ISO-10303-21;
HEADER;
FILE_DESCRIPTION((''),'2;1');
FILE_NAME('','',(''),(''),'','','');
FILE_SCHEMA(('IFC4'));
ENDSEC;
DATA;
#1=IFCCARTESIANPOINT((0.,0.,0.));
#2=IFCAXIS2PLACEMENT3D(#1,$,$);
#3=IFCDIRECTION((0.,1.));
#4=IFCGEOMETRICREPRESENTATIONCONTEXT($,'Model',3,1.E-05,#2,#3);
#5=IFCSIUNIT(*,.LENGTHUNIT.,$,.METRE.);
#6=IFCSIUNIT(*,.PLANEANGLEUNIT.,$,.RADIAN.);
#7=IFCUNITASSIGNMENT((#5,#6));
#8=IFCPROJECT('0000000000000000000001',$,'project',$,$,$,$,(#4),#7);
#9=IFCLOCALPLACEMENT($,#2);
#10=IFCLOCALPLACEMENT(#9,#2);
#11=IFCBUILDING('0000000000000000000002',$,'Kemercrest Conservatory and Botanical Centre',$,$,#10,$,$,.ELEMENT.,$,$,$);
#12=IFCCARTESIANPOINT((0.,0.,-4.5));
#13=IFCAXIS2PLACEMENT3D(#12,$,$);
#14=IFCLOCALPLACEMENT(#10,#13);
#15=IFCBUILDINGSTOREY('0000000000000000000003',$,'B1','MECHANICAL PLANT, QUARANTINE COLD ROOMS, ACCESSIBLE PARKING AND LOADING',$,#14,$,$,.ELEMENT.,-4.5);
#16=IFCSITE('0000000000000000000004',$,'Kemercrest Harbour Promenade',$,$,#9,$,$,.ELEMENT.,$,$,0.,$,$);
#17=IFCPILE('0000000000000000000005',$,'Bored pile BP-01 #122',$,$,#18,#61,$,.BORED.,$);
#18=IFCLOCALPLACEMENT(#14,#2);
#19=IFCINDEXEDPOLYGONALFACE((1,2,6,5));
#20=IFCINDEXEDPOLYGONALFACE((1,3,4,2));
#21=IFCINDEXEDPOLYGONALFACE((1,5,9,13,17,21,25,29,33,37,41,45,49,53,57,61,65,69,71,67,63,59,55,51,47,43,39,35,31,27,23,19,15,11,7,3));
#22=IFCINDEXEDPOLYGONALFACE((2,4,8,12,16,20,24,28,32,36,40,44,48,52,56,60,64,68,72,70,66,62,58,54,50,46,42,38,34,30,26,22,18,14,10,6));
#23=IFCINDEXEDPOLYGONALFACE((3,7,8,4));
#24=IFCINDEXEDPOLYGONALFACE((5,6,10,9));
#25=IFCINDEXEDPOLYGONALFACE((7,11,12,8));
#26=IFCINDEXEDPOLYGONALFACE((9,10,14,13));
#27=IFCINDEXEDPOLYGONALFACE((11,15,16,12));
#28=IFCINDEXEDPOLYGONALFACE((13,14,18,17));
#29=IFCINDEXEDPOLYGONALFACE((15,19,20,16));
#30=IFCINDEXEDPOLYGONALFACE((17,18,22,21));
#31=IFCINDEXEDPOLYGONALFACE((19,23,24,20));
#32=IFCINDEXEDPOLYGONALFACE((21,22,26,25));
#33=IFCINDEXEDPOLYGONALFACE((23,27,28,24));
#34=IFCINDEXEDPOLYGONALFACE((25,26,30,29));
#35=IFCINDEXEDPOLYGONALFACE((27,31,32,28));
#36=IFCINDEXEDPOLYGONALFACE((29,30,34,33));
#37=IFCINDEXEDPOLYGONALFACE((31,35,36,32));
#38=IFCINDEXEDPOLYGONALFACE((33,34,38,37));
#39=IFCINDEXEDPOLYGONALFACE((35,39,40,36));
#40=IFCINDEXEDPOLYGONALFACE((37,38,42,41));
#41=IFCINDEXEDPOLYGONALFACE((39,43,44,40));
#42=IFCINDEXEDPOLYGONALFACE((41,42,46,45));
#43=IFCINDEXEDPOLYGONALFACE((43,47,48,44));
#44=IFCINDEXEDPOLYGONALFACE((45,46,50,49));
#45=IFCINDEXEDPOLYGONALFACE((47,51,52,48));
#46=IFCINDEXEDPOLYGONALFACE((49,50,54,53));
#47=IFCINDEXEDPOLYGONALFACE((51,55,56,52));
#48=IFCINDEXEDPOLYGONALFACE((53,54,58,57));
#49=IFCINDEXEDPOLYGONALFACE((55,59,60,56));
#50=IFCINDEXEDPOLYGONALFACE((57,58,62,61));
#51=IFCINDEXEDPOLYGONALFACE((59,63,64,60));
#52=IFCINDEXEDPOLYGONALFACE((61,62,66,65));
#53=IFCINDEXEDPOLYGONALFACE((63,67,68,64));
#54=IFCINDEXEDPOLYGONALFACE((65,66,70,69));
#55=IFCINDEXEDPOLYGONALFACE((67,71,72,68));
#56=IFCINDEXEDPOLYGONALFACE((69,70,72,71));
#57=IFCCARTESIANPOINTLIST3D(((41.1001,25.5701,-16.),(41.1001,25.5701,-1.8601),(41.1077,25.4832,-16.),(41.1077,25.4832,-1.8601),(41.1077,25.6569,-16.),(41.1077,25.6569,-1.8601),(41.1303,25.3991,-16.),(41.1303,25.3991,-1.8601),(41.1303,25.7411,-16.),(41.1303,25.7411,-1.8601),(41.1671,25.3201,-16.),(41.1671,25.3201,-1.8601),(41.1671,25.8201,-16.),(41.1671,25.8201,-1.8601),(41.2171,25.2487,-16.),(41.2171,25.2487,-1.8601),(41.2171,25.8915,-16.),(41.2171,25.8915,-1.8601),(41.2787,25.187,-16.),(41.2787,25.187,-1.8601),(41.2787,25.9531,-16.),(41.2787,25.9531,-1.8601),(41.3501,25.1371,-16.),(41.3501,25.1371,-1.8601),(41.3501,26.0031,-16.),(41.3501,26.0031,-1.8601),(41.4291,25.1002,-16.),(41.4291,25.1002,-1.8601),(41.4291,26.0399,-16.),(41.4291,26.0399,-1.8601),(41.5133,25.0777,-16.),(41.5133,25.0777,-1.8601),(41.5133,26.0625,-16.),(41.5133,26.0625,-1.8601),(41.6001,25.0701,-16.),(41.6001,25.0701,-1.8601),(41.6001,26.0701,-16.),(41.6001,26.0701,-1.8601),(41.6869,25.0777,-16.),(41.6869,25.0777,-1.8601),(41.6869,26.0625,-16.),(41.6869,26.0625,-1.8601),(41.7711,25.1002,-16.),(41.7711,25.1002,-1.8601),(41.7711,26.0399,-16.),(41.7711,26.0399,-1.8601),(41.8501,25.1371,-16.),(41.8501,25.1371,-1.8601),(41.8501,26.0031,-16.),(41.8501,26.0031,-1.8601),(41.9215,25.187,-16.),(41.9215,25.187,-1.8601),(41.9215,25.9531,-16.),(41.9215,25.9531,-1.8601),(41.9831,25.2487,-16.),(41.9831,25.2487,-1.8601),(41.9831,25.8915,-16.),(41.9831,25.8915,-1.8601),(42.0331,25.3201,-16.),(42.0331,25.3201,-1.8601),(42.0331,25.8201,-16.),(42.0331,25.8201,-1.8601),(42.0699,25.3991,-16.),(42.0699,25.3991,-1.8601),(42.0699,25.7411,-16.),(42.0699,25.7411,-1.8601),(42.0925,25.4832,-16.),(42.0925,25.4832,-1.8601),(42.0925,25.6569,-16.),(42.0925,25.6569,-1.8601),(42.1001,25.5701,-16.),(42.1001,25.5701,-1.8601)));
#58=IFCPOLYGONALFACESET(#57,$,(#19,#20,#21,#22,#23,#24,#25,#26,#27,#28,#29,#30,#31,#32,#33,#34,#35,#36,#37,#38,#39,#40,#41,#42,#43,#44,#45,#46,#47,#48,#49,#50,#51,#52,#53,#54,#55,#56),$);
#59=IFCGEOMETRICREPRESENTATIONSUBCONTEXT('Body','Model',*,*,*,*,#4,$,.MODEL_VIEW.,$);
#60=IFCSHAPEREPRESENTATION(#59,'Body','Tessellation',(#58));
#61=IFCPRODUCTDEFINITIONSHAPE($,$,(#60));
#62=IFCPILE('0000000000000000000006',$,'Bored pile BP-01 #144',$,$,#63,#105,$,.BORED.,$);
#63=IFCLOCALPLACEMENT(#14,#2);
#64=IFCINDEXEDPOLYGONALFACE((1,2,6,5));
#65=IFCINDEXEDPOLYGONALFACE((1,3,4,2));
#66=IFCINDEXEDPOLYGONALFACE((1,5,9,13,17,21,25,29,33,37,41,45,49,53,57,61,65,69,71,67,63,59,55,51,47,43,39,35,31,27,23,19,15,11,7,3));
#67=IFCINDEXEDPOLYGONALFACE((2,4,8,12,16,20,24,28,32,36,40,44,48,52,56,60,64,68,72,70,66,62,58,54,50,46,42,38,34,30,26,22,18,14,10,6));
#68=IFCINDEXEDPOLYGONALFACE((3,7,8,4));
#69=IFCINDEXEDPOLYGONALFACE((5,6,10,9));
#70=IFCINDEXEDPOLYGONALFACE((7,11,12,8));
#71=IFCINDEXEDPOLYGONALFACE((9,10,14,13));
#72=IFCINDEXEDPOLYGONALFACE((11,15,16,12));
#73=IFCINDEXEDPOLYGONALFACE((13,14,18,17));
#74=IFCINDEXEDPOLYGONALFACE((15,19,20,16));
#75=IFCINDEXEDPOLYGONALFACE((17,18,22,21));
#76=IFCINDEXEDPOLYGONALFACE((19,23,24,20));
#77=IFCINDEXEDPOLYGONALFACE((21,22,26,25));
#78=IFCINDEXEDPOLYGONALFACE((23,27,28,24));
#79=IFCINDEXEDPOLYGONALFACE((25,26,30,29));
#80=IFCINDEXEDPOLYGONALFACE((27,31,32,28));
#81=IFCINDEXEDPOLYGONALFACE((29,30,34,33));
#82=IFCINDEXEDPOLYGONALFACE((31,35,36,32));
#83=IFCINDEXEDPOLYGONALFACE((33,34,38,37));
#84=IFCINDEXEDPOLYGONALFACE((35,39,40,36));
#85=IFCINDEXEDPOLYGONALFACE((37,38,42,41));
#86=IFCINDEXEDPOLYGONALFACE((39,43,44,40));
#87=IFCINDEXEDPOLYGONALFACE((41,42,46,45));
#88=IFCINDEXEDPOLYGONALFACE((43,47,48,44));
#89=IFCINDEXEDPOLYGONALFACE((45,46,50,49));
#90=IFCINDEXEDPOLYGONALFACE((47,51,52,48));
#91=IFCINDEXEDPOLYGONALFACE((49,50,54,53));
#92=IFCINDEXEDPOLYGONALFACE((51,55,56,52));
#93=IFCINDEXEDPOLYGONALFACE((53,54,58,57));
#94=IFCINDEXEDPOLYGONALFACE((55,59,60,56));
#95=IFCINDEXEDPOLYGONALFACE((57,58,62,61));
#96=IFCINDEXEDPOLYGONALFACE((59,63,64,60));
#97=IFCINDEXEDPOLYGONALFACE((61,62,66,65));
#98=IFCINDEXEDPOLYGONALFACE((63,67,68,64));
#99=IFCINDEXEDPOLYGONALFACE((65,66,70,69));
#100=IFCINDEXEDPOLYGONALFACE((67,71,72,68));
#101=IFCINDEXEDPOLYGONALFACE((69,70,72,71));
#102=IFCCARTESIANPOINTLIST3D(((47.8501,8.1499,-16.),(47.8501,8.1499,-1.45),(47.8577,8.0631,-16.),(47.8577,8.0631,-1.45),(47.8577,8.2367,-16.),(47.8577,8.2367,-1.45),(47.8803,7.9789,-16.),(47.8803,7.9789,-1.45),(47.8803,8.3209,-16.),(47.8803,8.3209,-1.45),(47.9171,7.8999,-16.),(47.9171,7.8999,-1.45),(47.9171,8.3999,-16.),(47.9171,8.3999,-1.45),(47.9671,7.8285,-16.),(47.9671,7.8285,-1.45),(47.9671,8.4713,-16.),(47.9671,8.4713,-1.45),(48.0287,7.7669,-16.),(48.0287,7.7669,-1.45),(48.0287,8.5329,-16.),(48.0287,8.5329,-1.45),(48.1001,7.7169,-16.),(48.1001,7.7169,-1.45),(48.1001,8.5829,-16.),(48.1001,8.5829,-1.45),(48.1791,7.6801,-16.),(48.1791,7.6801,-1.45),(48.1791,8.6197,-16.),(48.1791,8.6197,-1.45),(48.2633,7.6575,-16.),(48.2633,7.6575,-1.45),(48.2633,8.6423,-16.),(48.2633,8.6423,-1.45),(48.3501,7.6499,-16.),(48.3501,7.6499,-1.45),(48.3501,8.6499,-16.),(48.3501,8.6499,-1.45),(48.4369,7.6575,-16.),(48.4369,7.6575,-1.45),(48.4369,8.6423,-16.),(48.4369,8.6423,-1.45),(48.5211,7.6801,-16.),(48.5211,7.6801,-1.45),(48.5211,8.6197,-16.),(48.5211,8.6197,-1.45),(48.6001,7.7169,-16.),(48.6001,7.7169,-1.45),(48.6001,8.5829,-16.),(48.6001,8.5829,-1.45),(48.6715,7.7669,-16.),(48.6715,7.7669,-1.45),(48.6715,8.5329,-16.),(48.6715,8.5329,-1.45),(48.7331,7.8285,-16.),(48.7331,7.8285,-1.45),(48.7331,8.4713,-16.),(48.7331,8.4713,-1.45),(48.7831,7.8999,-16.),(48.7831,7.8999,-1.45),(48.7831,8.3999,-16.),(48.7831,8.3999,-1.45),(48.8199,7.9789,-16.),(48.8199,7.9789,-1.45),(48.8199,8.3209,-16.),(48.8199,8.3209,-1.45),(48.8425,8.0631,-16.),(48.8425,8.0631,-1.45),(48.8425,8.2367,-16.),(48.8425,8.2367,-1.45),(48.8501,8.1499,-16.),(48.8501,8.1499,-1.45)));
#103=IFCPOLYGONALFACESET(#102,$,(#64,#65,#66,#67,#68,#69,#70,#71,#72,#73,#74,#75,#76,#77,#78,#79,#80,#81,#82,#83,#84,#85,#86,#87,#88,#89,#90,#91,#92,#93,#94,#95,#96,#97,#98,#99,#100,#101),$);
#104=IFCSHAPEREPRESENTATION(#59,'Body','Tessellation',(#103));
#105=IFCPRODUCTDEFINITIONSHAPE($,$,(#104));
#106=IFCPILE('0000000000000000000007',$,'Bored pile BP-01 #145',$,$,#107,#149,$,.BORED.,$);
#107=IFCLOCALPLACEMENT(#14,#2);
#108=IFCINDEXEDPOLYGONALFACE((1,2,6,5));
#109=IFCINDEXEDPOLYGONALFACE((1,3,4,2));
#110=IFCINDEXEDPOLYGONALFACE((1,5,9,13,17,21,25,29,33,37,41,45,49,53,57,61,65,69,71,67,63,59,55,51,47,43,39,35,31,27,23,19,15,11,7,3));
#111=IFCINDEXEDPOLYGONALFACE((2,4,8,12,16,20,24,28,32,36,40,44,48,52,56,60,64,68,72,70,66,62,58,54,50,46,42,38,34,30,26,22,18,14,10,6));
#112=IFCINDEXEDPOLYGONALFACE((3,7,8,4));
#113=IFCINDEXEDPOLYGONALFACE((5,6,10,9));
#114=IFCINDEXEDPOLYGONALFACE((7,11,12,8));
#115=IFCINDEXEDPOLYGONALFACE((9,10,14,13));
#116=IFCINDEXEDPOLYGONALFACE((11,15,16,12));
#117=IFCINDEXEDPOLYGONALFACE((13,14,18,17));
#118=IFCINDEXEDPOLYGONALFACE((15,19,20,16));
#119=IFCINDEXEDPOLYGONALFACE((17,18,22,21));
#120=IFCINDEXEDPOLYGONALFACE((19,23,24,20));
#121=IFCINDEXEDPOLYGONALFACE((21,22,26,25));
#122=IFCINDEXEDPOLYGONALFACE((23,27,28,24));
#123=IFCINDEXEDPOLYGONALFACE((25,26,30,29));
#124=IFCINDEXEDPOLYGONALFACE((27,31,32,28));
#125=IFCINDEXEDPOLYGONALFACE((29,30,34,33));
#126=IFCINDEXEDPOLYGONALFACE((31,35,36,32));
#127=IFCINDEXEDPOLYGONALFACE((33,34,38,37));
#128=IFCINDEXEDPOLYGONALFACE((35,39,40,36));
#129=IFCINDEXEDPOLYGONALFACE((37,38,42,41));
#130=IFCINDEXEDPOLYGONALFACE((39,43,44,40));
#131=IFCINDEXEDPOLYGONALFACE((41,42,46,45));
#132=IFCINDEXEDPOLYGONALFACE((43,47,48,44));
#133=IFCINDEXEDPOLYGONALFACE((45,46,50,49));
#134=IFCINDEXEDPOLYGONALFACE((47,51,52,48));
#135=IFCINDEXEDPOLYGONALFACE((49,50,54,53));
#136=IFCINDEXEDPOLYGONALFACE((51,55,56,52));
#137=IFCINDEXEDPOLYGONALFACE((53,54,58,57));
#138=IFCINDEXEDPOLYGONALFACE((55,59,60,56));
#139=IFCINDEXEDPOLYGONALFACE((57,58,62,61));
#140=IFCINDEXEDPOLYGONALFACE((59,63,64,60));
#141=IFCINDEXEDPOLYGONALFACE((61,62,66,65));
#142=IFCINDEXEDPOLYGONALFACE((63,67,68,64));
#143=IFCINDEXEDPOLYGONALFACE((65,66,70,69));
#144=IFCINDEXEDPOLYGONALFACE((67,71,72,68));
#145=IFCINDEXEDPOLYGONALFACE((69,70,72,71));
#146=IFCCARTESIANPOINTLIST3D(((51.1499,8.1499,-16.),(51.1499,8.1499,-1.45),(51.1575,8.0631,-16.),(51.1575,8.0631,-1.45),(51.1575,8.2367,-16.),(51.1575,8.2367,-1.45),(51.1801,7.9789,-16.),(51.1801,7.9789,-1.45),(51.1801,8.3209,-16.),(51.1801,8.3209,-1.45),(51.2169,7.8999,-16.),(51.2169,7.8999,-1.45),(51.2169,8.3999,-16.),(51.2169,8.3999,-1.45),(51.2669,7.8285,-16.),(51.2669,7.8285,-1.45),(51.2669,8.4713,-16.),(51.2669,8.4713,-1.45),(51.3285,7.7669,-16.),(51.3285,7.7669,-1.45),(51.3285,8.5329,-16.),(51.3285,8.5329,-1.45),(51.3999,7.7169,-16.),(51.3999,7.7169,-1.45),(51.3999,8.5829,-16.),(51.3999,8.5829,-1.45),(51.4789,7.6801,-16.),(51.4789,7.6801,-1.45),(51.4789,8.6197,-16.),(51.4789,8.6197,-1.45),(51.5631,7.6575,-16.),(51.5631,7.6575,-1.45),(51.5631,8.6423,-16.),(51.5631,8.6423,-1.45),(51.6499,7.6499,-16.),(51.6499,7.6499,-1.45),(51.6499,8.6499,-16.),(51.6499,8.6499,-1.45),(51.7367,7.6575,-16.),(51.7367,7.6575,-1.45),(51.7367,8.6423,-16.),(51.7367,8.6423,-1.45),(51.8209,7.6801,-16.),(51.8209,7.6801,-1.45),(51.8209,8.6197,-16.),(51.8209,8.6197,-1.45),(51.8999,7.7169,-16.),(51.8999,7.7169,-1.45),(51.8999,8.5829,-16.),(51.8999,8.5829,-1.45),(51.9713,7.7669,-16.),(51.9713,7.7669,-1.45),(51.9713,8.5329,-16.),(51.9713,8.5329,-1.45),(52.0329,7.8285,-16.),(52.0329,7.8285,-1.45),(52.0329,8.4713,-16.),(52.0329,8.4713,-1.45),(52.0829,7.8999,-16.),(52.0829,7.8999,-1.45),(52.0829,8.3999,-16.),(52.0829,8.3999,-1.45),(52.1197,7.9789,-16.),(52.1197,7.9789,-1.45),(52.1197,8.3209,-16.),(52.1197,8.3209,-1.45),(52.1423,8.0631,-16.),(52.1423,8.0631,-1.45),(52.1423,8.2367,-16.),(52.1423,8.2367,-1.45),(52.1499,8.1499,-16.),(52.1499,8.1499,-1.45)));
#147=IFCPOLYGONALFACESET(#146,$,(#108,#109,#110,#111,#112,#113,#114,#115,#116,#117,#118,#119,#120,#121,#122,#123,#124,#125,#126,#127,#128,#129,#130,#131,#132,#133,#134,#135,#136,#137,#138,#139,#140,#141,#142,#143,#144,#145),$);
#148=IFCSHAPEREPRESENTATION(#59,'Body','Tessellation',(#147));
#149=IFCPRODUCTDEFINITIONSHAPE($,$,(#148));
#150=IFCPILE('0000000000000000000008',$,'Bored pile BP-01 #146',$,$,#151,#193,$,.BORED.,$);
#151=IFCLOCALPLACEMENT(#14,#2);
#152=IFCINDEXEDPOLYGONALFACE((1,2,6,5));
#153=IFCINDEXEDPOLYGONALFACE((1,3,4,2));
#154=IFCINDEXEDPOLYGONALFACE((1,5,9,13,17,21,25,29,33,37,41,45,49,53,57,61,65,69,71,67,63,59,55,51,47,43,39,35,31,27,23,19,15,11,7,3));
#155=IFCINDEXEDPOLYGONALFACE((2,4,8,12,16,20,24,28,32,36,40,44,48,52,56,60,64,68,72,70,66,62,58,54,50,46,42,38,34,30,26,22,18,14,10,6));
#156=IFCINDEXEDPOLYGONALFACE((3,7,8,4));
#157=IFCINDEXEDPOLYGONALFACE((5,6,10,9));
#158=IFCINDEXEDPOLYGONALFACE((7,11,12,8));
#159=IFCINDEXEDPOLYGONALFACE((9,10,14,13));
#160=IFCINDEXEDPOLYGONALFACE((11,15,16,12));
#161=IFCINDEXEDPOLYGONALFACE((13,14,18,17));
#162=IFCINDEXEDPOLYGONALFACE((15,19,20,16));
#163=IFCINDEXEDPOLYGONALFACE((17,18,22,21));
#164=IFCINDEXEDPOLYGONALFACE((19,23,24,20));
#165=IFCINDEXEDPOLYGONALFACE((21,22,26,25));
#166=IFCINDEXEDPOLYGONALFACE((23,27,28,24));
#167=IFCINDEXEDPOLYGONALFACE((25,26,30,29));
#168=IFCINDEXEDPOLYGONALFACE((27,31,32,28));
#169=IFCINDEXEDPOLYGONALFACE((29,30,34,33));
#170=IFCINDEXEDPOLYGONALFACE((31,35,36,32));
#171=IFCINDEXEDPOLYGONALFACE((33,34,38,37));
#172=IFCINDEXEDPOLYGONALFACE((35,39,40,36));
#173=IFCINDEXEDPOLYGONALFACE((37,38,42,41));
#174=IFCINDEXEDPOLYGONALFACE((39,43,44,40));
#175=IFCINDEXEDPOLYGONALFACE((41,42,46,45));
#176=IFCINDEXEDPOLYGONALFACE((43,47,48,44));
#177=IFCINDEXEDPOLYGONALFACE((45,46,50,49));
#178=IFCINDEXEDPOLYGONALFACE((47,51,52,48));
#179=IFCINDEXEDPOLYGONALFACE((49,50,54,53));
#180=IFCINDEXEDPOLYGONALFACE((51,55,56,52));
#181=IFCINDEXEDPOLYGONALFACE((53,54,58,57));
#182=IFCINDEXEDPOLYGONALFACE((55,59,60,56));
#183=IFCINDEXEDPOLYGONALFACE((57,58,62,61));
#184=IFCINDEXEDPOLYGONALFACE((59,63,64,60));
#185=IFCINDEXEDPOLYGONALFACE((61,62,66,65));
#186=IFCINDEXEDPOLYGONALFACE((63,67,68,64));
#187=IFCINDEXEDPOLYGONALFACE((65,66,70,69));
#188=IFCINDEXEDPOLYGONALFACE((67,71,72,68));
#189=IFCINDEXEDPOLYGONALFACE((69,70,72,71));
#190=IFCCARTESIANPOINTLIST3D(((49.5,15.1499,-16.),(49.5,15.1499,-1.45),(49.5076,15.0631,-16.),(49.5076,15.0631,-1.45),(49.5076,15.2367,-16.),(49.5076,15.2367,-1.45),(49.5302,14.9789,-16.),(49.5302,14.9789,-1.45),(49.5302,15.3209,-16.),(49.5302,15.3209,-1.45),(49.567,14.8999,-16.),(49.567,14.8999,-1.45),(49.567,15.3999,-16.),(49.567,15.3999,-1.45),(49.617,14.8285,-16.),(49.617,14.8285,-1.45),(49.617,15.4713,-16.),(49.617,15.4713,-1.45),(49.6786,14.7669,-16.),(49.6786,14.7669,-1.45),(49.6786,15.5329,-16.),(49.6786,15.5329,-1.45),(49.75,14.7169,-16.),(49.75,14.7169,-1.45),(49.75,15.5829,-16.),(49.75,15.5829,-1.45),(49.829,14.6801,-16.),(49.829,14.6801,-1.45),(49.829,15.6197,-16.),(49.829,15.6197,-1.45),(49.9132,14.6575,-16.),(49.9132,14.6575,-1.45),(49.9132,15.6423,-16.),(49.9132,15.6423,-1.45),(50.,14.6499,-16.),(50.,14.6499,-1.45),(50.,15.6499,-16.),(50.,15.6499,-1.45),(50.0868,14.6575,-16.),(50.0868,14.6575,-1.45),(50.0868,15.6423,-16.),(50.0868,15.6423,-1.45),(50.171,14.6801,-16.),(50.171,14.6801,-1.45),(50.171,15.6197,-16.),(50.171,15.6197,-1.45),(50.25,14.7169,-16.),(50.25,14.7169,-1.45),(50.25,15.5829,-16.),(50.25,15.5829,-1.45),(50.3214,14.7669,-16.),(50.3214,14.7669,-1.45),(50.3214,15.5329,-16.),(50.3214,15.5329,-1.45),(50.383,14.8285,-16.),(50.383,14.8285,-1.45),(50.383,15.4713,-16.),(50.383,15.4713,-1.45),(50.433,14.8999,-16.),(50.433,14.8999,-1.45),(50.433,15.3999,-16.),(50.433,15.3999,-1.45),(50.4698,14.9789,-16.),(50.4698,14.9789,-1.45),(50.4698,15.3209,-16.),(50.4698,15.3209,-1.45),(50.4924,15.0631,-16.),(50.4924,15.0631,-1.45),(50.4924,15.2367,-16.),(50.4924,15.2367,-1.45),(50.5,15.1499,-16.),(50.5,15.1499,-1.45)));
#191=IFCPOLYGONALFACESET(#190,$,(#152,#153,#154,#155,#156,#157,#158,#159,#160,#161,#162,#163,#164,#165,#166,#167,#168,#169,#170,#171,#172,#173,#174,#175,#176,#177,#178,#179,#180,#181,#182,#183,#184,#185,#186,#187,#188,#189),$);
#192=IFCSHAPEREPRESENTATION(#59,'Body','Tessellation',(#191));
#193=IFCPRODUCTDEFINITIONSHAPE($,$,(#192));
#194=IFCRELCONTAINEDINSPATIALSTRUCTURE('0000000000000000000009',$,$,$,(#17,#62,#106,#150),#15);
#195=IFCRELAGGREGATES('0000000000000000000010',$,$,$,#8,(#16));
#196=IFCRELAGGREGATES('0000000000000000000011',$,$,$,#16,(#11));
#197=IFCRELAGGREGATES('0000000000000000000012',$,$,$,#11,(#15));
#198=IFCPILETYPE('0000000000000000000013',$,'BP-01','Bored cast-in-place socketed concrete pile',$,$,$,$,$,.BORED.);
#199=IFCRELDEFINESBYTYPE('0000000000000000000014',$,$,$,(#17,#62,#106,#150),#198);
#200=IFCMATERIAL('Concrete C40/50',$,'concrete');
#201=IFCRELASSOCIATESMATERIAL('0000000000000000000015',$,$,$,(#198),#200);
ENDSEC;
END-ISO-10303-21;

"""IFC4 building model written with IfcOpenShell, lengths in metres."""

from ifc_helpers import new_model, si_unit, direction, frame, origin, origin_2d, place, context, subcontext, project, spatial, circle, extrude, material, material_profile, profile_set, type_object, element, save


model = new_model("IFC4")

# Units and contexts
model_context = context("Model", 3, precision=1e-05, world=origin(), true_north=direction((0.0, 1.0)))
body_context = subcontext(model_context, "Body", "Model", "MODEL_VIEW")
ifc_project = project(units=[si_unit("LENGTHUNIT", "METRE"), si_unit("PLANEANGLEUNIT", "RADIAN")], contexts=[model_context])

# Site, building, storey
site_placement = place(None, origin())
site = spatial("IfcSite", under=ifc_project, at=site_placement, Name="Kemercrest Harbour Promenade", CompositionType="ELEMENT", RefElevation=0.0)
building_placement = place(site_placement, origin())
building = spatial("IfcBuilding", under=site, at=building_placement, Name="Kemercrest Conservatory and Botanical Centre", CompositionType="ELEMENT")
storey_placement = place(building_placement, frame((0.0, 0.0, -4.5)))
storey = spatial("IfcBuildingStorey", under=building, at=storey_placement, Name="B1", Description="MECHANICAL PLANT, QUARANTINE COLD ROOMS, ACCESSIBLE PARKING AND LOADING", CompositionType="ELEMENT", Elevation=-4.5)

# Piles
ifc_material_1 = material(Name="Concrete C40/50", Category="concrete")
ifc_material_profile_1 = material_profile(ifc_material_1, circle(Radius=0.5, at=origin_2d()), Name="BORED PILE 1000")
ifc_profile_set_1 = profile_set([ifc_material_profile_1], Name="Concrete C40/50")
pile_type_1 = type_object("IfcPileType", Name="BP-01", Description="Bored cast-in-place socketed concrete pile", PredefinedType="BORED", material=ifc_profile_set_1)
pile_1_placement = place(storey_placement, frame((41.6001, 25.5701, -1.8601), z_axis=(0.0, 0.0, -1.0), x_axis=(1.0, 0.0, 0.0)))
element("IfcPile", 1, at=pile_1_placement, inside=storey, type_object=pile_type_1, Name="Bored pile BP-01 #122", PredefinedType="BORED", context=body_context, shape_type="SweptSolid", body=[
    extrude(circle(Radius=0.5, at=origin_2d()), origin(), (0.0, 0.0, 1.0), 14.1399),
])
for number, where, z_axis, x_axis, name in (
    (2, (48.3501, 8.1499, -1.45), (0.0, 0.0, -1.0), (1.0, 0.0, 0.0), "Bored pile BP-01 #144"),
    (3, (51.6499, 8.1499, -1.45), (0.0, 0.0, -1.0), (1.0, 0.0, 0.0), "Bored pile BP-01 #145"),
    (4, (50.0, 15.1499, -1.45), (0.0, 0.0, -1.0), (1.0, 0.0, 0.0), "Bored pile BP-01 #146"),
):
    element("IfcPile", number, at=place(storey_placement, frame(where, z_axis=z_axis, x_axis=x_axis)), inside=storey, type_object=pile_type_1, Name=name, PredefinedType="BORED", context=body_context, shape_type="SweptSolid", body=[
        extrude(circle(Radius=0.5, at=origin_2d()), origin(), (0.0, 0.0, 1.0), 14.55),
    ])

save(model, "model.ifc")
